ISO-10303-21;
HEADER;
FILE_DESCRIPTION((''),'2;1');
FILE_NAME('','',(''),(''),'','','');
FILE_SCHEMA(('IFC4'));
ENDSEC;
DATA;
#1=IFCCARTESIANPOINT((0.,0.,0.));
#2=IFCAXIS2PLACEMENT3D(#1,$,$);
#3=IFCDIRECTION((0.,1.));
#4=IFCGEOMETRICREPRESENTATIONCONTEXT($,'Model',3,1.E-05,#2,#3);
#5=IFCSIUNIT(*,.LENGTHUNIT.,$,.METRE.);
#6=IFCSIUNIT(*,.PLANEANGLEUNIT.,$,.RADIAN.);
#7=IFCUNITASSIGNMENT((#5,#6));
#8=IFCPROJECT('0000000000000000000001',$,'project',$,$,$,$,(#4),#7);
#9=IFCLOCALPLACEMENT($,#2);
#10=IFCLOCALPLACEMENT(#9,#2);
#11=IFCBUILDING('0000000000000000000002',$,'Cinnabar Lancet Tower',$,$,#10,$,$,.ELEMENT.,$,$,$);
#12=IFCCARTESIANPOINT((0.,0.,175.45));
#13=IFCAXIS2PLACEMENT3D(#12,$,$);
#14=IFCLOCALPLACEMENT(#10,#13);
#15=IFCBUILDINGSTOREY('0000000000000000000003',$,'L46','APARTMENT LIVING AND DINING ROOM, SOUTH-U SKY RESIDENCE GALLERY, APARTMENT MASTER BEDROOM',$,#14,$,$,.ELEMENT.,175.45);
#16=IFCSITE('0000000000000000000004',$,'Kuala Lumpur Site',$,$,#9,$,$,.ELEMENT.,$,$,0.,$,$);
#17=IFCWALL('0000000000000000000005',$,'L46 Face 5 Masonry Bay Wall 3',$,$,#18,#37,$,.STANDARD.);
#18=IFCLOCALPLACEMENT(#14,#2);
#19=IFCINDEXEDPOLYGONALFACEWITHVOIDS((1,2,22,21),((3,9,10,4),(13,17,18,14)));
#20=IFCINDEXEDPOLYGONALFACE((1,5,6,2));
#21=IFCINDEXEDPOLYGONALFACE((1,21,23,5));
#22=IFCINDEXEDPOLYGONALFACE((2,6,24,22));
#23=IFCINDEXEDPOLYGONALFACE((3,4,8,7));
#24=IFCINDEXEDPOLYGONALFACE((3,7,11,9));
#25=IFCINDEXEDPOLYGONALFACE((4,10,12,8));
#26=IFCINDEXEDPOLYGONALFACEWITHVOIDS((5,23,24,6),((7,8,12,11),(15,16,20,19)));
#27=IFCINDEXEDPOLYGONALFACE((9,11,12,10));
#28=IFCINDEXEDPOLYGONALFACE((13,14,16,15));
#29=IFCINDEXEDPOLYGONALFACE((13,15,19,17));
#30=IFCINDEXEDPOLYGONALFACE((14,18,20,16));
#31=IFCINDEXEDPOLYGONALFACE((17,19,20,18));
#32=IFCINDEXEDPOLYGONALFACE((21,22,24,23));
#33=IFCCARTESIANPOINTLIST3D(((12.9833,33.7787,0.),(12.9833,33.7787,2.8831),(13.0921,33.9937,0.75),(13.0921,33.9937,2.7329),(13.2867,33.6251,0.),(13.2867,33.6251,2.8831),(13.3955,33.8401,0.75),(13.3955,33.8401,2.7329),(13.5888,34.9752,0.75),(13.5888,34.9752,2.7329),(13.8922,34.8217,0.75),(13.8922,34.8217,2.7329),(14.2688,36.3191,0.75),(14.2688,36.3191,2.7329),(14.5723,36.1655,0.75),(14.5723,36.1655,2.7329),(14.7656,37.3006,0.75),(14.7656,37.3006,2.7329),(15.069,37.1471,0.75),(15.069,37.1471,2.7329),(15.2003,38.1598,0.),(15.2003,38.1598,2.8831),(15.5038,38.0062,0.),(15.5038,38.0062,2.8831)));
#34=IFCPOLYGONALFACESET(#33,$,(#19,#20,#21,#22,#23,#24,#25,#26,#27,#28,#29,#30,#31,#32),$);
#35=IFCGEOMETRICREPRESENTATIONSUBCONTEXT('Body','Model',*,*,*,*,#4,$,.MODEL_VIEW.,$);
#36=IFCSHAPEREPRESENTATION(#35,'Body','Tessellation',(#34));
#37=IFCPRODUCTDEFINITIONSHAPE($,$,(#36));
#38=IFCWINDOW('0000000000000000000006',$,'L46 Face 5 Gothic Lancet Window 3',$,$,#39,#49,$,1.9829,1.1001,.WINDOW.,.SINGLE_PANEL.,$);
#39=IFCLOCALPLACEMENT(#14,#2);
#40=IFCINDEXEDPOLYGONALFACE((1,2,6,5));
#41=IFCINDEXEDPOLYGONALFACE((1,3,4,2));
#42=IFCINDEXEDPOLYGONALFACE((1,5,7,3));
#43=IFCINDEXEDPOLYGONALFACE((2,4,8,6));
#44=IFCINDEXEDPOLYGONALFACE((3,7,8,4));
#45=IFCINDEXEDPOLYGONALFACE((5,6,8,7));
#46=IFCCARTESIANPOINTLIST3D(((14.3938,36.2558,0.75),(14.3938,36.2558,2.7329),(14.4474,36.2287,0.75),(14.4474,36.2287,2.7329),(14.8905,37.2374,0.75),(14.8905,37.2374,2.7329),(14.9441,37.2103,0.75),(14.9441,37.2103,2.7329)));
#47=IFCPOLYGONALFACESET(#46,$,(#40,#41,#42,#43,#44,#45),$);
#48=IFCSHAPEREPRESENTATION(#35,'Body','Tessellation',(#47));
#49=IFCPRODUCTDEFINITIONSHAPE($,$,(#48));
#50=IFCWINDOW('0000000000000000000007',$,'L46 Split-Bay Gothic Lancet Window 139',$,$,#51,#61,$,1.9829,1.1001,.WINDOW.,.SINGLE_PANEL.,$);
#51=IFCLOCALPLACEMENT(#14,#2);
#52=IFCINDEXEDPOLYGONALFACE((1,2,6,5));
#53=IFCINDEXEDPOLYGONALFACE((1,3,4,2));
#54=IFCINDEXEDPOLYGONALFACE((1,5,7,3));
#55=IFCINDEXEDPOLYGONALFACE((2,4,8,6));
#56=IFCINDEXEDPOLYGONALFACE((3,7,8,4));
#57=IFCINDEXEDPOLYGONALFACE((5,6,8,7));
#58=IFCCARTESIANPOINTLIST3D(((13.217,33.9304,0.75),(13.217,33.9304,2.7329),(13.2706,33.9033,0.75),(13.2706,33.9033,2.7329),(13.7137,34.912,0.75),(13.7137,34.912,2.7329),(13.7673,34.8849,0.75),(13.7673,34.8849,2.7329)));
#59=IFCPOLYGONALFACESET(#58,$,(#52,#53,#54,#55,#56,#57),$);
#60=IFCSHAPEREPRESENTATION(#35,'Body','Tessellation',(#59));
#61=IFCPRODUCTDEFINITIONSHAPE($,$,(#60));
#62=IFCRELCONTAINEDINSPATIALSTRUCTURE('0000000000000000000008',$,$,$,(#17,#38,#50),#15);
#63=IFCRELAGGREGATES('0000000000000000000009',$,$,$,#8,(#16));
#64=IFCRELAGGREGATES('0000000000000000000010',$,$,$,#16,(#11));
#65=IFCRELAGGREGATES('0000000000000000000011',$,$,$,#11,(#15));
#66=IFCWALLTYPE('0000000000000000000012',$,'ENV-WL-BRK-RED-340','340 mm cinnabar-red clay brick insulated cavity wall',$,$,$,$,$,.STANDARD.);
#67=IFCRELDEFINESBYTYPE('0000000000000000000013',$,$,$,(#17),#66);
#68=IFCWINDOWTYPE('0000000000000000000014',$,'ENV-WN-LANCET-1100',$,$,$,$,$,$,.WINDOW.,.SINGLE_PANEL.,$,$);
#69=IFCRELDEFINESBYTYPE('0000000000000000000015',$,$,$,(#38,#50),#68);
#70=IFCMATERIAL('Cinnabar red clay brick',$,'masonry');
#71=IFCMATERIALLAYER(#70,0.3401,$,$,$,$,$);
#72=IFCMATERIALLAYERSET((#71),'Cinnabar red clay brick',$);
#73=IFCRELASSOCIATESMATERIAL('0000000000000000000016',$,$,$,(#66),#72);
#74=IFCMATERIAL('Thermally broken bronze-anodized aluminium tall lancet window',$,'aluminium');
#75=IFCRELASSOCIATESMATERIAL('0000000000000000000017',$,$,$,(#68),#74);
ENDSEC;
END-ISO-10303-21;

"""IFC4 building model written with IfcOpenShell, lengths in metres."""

from ifc_helpers import new_model, si_unit, direction, frame, frame_2d, origin, place, context, subcontext, project, spatial, rectangle, extrude, material, layer, layer_set, type_object, element, fill, save


model = new_model("IFC4")

# Units and contexts
model_context = context("Model", 3, precision=1e-05, world=origin(), true_north=direction((0.0, 1.0)))
body_context = subcontext(model_context, "Body", "Model", "MODEL_VIEW")
ifc_project = project(units=[si_unit("LENGTHUNIT", "METRE"), si_unit("PLANEANGLEUNIT", "RADIAN")], contexts=[model_context])

# Site, building, storey
site_placement = place(None, origin())
site = spatial("IfcSite", under=ifc_project, at=site_placement, Name="Kuala Lumpur Site", CompositionType="ELEMENT", RefElevation=0.0)
building_placement = place(site_placement, origin())
building = spatial("IfcBuilding", under=site, at=building_placement, Name="Cinnabar Lancet Tower", CompositionType="ELEMENT")
storey_placement = place(building_placement, frame((0.0, 0.0, 175.45)))
storey = spatial("IfcBuildingStorey", under=building, at=storey_placement, Name="L46", Description="APARTMENT LIVING AND DINING ROOM, SOUTH-U SKY RESIDENCE GALLERY, APARTMENT MASTER BEDROOM", CompositionType="ELEMENT", Elevation=175.45)

# Shared definitions
ifc_material_1 = material(Name="Cinnabar red clay brick", Category="masonry")
ifc_layer_1 = layer(ifc_material_1, 0.3401)
ifc_layer_set_1 = layer_set([ifc_layer_1], Name="Cinnabar red clay brick")
wall_type_1 = type_object("IfcWallType", Name="ENV-WL-BRK-RED-340", Description="340 mm cinnabar-red clay brick insulated cavity wall", PredefinedType="STANDARD", material=ifc_layer_set_1)

# Wall, openings, windows
wall_1_placement = place(storey_placement, frame((15.3521, 38.083, 0.0), z_axis=(0.0, 0.0, 1.0), x_axis=(-0.451524, -0.892259, 0.0)))
wall_1 = element("IfcWall", 1, at=wall_1_placement, inside=storey, type_object=wall_type_1, Name="L46 Face 5 Masonry Bay Wall 3", PredefinedType="STANDARD", context=body_context, shape_type="SweptSolid", body=[
    extrude(rectangle(XDim=4.9102, YDim=0.3401, at=frame_2d((2.4551, 0.0))), origin(), (0.0, 0.0, 1.0), 2.8831),
])
opening_1_placement = place(wall_1_placement, frame((0.9629, 0.0, 0.75)))
opening_1 = element("IfcOpeningElement", 2, at=opening_1_placement, cuts=wall_1, PredefinedType="OPENING", context=body_context, shape_type="SweptSolid", body=[
    extrude(rectangle(XDim=1.1001, YDim=1.9829, at=frame_2d((0.55, 0.9915))), frame((0.0, 0.1799, 0.0), z_axis=(0.0, -1.0, 0.0), x_axis=(1.0, 0.0, 0.0)), (0.0, 0.0, 1.0), 0.3601),
])
opening_2_placement = place(wall_1_placement, frame((3.5691, 0.0, 0.75)))
opening_2 = element("IfcOpeningElement", 3, at=opening_2_placement, cuts=wall_1, PredefinedType="OPENING", context=body_context, shape_type="SweptSolid", body=[
    extrude(rectangle(XDim=1.1001, YDim=1.9829, at=frame_2d((0.55, 0.9915))), frame((0.0, 0.1799, 0.0), z_axis=(0.0, -1.0, 0.0), x_axis=(1.0, 0.0, 0.0)), (0.0, 0.0, 1.0), 0.3601),
])
ifc_material_2 = material(Name="Thermally broken bronze-anodized aluminium tall lancet window", Category="aluminium")
window_type_1 = type_object("IfcWindowType", Name="ENV-WN-LANCET-1100", PartitioningType="SINGLE_PANEL", PredefinedType="WINDOW", material=ifc_material_2)
window_1_placement = place(opening_1_placement, origin())
window_1 = element("IfcWindow", 4, at=window_1_placement, inside=storey, type_object=window_type_1, Name="L46 Face 5 Gothic Lancet Window 3", OverallHeight=1.9829, OverallWidth=1.1001, PartitioningType="SINGLE_PANEL", PredefinedType="WINDOW", context=body_context, shape_type="SweptSolid", body=[
    extrude(rectangle(XDim=1.1001, YDim=1.9829, at=frame_2d((0.55, 0.9915))), frame((0.0, 0.03, 0.0), z_axis=(0.0, -1.0, 0.0), x_axis=(1.0, 0.0, 0.0)), (0.0, 0.0, 1.0), 0.0601),
])
fill(opening_1, window_1)
window_2_placement = place(opening_2_placement, origin())
window_2 = element("IfcWindow", 5, at=window_2_placement, inside=storey, type_object=window_type_1, Name="L46 Split-Bay Gothic Lancet Window 139", OverallHeight=1.9829, OverallWidth=1.1001, PartitioningType="SINGLE_PANEL", PredefinedType="WINDOW", context=body_context, shape_type="SweptSolid", body=[
    extrude(rectangle(XDim=1.1001, YDim=1.9829, at=frame_2d((0.55, 0.9915))), frame((0.0, 0.03, 0.0), z_axis=(0.0, -1.0, 0.0), x_axis=(1.0, 0.0, 0.0)), (0.0, 0.0, 1.0), 0.0601),
])
fill(opening_2, window_2)

save(model, "model.ifc")
